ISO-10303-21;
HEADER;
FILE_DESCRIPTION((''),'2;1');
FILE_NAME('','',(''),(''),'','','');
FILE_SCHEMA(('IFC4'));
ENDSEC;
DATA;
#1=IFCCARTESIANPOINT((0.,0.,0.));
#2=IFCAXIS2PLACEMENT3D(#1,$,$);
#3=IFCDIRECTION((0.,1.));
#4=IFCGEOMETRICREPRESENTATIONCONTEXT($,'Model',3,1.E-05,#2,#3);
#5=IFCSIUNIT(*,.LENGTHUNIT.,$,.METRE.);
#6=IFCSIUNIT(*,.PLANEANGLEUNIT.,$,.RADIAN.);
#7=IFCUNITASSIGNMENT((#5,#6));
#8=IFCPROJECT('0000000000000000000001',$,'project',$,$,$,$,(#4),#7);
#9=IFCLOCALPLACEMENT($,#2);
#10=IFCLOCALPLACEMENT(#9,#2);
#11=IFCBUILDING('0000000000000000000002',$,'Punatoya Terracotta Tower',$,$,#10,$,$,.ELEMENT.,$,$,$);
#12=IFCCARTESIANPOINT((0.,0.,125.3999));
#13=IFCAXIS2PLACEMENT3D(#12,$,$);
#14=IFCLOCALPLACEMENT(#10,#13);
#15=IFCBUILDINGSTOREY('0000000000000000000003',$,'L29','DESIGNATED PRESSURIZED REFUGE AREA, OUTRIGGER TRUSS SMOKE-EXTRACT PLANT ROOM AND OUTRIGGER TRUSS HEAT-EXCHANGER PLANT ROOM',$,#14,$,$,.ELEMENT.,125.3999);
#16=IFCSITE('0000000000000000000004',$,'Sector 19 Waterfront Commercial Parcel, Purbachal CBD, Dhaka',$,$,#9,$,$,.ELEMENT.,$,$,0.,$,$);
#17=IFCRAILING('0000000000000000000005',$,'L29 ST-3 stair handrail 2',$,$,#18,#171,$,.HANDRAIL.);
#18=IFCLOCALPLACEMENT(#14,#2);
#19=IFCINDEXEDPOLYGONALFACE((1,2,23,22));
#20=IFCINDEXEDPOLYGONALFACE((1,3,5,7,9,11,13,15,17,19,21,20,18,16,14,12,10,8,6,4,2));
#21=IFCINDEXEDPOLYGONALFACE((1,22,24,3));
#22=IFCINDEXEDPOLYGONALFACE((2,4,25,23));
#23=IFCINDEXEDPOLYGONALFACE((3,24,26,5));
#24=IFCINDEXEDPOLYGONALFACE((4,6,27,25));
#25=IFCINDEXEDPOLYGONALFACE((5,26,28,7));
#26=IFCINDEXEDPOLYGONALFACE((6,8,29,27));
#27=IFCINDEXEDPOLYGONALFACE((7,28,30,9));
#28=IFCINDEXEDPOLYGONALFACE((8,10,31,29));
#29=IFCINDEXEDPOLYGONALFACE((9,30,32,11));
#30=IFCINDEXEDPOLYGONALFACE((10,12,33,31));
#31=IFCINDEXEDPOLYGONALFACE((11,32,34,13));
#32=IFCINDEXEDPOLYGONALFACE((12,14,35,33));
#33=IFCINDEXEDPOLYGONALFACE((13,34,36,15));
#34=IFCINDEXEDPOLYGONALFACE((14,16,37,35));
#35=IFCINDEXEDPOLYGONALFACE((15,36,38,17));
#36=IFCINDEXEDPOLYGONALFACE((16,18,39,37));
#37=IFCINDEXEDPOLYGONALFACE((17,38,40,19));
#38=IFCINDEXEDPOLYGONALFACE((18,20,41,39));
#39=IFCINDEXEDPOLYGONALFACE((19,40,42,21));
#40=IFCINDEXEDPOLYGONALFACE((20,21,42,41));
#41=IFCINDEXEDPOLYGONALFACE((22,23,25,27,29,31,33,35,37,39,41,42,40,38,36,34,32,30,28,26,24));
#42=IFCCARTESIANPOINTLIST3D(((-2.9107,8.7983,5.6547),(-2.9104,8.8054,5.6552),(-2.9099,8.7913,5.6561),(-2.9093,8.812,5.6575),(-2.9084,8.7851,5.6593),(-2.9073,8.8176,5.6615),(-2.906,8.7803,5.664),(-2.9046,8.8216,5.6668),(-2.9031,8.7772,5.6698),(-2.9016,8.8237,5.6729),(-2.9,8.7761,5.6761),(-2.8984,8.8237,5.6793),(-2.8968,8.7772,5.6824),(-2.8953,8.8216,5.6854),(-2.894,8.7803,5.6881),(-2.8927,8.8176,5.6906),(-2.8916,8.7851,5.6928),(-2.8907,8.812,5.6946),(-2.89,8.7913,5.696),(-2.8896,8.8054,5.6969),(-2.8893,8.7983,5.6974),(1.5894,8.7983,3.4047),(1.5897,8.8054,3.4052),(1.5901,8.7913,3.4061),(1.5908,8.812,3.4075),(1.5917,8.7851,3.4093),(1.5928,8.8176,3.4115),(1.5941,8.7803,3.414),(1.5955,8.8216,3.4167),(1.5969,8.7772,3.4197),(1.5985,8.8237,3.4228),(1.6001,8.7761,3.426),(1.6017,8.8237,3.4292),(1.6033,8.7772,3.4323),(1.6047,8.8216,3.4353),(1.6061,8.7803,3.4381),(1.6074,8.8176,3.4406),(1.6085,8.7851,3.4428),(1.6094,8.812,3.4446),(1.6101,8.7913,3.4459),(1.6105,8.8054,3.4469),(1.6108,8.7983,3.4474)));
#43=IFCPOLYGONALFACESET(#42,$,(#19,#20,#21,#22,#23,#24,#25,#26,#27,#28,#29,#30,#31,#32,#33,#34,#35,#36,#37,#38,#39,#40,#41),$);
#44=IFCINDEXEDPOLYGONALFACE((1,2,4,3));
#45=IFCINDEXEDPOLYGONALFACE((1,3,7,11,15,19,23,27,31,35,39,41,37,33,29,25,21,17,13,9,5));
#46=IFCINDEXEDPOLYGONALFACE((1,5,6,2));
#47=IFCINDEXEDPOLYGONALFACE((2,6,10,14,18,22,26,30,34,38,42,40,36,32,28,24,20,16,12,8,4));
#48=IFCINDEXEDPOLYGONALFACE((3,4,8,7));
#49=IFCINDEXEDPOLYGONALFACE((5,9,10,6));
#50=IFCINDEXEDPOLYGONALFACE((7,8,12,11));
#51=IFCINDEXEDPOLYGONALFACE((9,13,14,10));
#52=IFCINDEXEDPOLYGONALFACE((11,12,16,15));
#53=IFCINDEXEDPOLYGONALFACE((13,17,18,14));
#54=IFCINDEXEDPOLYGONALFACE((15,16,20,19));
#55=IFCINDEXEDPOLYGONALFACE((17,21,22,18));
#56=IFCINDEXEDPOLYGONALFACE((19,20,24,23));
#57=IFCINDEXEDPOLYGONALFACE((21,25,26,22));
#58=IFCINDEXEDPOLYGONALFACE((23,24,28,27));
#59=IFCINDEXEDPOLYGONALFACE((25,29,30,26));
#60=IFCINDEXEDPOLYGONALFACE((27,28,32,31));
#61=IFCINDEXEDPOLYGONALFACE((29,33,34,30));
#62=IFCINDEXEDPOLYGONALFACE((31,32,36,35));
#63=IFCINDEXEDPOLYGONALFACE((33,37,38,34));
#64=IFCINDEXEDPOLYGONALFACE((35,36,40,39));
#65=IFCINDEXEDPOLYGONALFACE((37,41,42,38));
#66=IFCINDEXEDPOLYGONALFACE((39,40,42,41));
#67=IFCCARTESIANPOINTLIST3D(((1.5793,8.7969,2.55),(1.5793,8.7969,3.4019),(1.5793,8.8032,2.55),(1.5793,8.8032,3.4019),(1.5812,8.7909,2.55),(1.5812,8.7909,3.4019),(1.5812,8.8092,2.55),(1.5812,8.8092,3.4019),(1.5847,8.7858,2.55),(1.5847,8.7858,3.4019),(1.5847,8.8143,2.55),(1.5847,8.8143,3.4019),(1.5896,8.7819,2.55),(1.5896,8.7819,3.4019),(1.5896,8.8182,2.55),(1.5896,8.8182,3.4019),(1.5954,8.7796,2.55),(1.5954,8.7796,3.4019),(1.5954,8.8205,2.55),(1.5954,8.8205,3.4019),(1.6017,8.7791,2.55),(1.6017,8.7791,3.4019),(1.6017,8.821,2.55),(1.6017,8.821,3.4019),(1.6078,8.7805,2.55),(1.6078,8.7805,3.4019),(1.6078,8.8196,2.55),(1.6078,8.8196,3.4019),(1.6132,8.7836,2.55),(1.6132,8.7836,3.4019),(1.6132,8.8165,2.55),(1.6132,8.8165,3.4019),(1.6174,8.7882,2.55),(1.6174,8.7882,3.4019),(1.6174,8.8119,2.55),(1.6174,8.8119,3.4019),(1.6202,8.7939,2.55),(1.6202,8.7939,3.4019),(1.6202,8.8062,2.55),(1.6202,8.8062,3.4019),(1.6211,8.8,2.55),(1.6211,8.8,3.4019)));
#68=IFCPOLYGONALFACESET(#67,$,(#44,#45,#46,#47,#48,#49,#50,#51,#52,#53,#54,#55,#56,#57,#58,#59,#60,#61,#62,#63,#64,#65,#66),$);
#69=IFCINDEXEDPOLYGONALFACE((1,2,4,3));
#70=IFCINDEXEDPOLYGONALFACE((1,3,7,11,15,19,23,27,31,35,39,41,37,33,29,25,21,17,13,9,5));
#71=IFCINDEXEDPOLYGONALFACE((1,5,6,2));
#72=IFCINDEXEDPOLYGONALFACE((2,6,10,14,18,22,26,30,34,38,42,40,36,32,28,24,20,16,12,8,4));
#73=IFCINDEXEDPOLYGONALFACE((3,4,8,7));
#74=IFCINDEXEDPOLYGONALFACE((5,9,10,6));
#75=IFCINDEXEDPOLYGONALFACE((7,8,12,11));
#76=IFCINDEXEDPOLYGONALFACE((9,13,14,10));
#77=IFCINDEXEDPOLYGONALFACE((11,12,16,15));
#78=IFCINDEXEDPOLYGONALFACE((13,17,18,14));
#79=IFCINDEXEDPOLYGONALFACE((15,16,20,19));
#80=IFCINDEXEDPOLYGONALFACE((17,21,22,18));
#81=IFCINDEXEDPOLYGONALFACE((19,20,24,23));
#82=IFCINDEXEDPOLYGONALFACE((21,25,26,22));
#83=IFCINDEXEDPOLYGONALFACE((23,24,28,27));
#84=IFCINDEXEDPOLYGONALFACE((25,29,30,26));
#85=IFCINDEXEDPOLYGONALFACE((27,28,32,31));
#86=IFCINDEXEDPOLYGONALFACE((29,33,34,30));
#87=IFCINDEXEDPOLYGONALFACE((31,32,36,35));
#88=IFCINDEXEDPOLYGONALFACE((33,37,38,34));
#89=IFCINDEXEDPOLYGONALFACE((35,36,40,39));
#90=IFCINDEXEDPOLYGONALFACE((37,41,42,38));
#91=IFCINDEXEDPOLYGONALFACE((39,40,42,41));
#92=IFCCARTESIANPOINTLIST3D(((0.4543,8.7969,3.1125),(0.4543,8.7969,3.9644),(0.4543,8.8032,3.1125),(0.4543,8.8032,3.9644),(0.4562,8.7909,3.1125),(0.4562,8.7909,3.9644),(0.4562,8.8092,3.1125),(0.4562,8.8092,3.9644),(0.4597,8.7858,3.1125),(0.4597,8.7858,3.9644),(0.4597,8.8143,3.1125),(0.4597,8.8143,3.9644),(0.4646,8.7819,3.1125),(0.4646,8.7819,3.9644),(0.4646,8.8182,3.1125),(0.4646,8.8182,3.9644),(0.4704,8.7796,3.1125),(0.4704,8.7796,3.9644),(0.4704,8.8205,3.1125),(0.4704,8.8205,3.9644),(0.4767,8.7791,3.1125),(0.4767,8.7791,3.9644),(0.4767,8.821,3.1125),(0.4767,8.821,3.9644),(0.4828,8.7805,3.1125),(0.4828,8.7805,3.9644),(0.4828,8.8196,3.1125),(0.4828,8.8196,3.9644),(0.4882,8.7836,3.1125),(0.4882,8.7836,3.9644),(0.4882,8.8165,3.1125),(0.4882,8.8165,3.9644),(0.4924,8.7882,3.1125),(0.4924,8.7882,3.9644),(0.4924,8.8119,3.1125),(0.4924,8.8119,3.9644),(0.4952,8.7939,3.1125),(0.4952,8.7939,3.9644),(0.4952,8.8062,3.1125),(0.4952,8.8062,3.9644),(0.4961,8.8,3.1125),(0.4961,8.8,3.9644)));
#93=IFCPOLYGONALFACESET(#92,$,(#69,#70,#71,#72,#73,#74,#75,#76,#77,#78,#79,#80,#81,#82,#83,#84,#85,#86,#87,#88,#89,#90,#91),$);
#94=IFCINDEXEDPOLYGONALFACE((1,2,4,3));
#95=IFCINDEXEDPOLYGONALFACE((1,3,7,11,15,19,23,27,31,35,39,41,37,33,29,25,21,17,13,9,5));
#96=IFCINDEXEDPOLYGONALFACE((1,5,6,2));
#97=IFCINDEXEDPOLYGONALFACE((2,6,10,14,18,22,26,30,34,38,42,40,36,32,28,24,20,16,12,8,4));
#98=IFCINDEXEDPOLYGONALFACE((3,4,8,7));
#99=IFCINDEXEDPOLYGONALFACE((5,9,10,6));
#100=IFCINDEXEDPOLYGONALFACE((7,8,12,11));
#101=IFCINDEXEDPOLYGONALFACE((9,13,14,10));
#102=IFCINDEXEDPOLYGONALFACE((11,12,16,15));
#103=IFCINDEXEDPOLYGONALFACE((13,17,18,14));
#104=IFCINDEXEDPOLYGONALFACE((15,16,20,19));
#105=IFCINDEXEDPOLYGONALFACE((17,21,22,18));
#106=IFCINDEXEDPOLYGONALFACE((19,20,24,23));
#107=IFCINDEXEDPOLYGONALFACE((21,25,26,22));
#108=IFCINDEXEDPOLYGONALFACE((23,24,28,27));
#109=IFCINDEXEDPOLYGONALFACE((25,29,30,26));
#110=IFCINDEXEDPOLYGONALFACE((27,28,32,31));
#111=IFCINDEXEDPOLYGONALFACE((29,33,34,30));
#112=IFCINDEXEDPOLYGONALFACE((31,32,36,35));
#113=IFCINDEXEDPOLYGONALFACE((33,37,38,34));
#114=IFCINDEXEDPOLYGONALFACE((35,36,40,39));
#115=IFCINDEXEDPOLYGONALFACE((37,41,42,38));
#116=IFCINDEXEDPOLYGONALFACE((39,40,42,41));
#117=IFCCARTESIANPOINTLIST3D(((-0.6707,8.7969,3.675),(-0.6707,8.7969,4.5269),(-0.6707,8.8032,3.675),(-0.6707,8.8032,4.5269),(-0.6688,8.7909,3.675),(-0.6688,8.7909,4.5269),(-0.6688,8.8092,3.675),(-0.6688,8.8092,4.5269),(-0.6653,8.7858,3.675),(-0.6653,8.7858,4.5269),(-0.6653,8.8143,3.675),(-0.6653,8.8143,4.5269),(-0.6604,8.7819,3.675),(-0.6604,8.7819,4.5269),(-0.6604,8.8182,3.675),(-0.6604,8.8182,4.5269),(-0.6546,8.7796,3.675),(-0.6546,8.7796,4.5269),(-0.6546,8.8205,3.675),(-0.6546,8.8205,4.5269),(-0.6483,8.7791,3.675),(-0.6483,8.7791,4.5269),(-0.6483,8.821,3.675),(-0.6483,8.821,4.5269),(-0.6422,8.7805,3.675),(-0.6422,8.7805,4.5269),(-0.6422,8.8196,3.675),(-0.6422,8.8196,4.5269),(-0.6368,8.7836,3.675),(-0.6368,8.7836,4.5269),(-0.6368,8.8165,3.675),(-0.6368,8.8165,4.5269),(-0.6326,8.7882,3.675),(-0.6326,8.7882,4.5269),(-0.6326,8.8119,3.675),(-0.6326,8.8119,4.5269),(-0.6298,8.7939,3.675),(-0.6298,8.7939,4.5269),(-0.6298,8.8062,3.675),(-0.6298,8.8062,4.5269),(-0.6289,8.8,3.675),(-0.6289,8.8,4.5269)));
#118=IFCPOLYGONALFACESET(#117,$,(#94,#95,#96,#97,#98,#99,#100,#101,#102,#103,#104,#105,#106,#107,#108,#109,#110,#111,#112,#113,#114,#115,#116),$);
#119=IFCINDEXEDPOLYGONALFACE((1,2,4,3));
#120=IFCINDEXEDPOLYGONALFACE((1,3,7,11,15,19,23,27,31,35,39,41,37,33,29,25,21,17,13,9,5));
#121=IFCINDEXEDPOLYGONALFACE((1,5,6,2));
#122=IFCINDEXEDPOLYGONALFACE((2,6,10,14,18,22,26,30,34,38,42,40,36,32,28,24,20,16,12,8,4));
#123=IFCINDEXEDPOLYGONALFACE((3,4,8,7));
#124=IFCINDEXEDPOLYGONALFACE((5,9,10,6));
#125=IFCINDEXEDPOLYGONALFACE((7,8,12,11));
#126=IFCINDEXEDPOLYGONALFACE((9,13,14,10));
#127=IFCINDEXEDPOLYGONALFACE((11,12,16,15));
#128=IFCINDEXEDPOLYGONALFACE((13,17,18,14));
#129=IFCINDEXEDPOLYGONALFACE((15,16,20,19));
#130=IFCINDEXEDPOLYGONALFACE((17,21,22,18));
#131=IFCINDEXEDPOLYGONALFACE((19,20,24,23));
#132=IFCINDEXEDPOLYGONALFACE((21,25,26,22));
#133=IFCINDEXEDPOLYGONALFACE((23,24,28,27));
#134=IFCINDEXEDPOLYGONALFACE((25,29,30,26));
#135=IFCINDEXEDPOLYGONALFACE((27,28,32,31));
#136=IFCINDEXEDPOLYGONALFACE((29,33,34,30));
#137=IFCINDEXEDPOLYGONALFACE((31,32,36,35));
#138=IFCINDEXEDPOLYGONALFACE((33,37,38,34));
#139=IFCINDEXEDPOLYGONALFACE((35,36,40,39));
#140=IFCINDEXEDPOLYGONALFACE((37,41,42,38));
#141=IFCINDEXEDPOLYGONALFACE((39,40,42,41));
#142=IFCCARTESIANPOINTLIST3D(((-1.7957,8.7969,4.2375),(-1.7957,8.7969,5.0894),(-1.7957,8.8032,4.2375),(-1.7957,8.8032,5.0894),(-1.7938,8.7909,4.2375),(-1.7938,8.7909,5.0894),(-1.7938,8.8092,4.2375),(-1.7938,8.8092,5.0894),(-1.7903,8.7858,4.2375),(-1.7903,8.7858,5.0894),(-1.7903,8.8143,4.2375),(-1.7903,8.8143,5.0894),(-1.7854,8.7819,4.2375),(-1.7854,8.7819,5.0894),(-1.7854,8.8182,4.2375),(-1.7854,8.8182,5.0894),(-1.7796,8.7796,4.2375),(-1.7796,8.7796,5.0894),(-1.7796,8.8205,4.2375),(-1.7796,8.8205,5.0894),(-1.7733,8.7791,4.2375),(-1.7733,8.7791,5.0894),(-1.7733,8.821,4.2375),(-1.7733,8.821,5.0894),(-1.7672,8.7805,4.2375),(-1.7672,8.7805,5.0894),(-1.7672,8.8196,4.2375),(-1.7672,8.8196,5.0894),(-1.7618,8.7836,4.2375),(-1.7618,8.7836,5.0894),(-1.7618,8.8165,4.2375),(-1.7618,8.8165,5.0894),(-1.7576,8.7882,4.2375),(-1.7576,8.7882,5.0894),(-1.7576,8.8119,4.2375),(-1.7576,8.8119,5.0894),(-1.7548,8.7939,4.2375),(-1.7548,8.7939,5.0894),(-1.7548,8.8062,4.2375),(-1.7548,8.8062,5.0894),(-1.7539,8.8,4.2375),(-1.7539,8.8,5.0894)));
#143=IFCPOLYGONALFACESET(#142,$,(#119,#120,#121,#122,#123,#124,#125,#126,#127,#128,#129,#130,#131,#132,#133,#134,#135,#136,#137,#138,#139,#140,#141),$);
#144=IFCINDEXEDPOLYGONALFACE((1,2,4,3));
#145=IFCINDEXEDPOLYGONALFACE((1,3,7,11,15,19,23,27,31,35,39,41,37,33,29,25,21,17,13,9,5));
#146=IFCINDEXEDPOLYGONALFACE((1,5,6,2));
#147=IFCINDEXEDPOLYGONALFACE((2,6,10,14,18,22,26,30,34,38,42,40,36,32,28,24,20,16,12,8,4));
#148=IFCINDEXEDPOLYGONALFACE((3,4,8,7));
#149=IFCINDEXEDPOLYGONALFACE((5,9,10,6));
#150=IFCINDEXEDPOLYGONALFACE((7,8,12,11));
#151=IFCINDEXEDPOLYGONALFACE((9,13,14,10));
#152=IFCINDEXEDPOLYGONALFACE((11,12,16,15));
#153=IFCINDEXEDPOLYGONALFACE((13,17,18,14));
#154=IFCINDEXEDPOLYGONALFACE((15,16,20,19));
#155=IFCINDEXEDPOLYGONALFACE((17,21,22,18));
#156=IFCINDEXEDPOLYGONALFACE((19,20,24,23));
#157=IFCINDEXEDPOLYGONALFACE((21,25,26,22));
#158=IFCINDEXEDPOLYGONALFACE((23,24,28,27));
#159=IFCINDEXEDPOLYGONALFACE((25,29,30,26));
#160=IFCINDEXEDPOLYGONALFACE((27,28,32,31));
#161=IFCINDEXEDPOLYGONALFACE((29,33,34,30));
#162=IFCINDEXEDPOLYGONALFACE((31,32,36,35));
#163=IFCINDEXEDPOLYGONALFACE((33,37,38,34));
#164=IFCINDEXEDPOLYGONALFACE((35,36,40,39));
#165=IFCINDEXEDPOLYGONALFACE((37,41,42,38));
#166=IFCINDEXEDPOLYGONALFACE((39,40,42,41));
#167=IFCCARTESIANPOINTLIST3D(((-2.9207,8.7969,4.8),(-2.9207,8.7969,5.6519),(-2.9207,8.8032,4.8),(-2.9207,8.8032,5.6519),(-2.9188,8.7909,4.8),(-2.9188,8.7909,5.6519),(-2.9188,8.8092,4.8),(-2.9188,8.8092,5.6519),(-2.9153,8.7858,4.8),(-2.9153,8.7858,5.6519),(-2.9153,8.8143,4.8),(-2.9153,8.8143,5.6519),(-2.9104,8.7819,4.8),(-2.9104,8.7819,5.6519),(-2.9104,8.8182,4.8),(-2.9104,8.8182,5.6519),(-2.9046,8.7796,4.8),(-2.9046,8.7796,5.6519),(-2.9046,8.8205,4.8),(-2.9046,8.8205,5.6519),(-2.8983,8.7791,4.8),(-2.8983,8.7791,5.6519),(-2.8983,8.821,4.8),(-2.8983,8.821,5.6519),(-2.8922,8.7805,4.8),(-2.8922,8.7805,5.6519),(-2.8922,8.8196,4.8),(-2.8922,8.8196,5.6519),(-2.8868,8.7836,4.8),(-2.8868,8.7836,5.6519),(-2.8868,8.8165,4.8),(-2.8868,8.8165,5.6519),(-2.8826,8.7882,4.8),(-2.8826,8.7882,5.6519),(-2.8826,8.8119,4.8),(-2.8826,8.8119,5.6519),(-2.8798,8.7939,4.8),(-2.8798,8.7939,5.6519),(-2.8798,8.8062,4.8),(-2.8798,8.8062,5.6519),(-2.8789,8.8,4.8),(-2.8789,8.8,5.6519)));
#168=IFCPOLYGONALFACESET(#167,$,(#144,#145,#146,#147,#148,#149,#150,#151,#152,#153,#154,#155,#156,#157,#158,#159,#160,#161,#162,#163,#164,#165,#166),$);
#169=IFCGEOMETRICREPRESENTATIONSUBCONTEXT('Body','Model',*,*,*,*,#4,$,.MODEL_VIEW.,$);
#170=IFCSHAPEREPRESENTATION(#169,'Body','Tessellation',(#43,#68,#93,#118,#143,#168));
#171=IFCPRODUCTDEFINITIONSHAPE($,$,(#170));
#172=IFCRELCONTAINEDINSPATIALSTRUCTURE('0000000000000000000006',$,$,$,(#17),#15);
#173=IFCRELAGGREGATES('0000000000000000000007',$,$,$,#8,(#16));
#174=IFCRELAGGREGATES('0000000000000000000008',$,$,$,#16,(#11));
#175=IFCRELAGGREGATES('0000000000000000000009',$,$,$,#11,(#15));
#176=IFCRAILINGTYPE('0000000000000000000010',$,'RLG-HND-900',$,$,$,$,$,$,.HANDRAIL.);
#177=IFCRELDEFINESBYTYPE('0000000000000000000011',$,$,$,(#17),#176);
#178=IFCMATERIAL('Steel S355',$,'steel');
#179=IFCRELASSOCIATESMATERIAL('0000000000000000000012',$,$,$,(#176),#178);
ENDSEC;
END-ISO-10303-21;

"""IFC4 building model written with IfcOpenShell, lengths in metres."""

from ifc_helpers import new_model, si_unit, direction, frame, origin, origin_2d, place, context, subcontext, project, spatial, circle, extrude, material, type_object, element, save


model = new_model("IFC4")

# Units and contexts
model_context = context("Model", 3, precision=1e-05, world=origin(), true_north=direction((0.0, 1.0)))
body_context = subcontext(model_context, "Body", "Model", "MODEL_VIEW")
ifc_project = project(units=[si_unit("LENGTHUNIT", "METRE"), si_unit("PLANEANGLEUNIT", "RADIAN")], contexts=[model_context])

# Site, building, storey
site_placement = place(None, origin())
site = spatial("IfcSite", under=ifc_project, at=site_placement, Name="Sector 19 Waterfront Commercial Parcel, Purbachal CBD, Dhaka", CompositionType="ELEMENT", RefElevation=0.0)
building_placement = place(site_placement, origin())
building = spatial("IfcBuilding", under=site, at=building_placement, Name="Punatoya Terracotta Tower", CompositionType="ELEMENT")
storey_placement = place(building_placement, frame((0.0, 0.0, 125.3999)))
storey = spatial("IfcBuildingStorey", under=building, at=storey_placement, Name="L29", Description="DESIGNATED PRESSURIZED REFUGE AREA, OUTRIGGER TRUSS SMOKE-EXTRACT PLANT ROOM AND OUTRIGGER TRUSS HEAT-EXCHANGER PLANT ROOM", CompositionType="ELEMENT", Elevation=125.3999)

# Shared definitions
ifc_material_1 = material(Name="Steel S355", Category="steel")

# Railing
railing_type_1 = type_object("IfcRailingType", Name="RLG-HND-900", PredefinedType="HANDRAIL", material=ifc_material_1)
railing_1_placement = place(storey_placement, frame((1.6001, 8.8, 2.55)))
element("IfcRailing", 1, at=railing_1_placement, inside=storey, type_object=railing_type_1, Name="L29 ST-3 stair handrail 2", PredefinedType="HANDRAIL", context=body_context, shape_type="SweptSolid", body=[
    extrude(circle(Radius=0.0239, at=origin_2d()), frame((0.0, 0.0, 0.876), z_axis=(-0.894427, 0.0, 0.447214), x_axis=(0.0, -1.0, 0.0)), (0.0, 0.0, 1.0), 5.0312),
    extrude(circle(Radius=0.021, at=origin_2d()), origin(), (0.0, 0.0, 1.0), 0.8518),
    extrude(circle(Radius=0.021, at=origin_2d()), frame((-1.125, 0.0, 0.5625)), (0.0, 0.0, 1.0), 0.8518),
    extrude(circle(Radius=0.021, at=origin_2d()), frame((-2.25, 0.0, 1.125)), (0.0, 0.0, 1.0), 0.8518),
    extrude(circle(Radius=0.021, at=origin_2d()), frame((-3.375, 0.0, 1.6875)), (0.0, 0.0, 1.0), 0.8518),
    extrude(circle(Radius=0.021, at=origin_2d()), frame((-4.5, 0.0, 2.25)), (0.0, 0.0, 1.0), 0.8518),
])

save(model, "model.ifc")
